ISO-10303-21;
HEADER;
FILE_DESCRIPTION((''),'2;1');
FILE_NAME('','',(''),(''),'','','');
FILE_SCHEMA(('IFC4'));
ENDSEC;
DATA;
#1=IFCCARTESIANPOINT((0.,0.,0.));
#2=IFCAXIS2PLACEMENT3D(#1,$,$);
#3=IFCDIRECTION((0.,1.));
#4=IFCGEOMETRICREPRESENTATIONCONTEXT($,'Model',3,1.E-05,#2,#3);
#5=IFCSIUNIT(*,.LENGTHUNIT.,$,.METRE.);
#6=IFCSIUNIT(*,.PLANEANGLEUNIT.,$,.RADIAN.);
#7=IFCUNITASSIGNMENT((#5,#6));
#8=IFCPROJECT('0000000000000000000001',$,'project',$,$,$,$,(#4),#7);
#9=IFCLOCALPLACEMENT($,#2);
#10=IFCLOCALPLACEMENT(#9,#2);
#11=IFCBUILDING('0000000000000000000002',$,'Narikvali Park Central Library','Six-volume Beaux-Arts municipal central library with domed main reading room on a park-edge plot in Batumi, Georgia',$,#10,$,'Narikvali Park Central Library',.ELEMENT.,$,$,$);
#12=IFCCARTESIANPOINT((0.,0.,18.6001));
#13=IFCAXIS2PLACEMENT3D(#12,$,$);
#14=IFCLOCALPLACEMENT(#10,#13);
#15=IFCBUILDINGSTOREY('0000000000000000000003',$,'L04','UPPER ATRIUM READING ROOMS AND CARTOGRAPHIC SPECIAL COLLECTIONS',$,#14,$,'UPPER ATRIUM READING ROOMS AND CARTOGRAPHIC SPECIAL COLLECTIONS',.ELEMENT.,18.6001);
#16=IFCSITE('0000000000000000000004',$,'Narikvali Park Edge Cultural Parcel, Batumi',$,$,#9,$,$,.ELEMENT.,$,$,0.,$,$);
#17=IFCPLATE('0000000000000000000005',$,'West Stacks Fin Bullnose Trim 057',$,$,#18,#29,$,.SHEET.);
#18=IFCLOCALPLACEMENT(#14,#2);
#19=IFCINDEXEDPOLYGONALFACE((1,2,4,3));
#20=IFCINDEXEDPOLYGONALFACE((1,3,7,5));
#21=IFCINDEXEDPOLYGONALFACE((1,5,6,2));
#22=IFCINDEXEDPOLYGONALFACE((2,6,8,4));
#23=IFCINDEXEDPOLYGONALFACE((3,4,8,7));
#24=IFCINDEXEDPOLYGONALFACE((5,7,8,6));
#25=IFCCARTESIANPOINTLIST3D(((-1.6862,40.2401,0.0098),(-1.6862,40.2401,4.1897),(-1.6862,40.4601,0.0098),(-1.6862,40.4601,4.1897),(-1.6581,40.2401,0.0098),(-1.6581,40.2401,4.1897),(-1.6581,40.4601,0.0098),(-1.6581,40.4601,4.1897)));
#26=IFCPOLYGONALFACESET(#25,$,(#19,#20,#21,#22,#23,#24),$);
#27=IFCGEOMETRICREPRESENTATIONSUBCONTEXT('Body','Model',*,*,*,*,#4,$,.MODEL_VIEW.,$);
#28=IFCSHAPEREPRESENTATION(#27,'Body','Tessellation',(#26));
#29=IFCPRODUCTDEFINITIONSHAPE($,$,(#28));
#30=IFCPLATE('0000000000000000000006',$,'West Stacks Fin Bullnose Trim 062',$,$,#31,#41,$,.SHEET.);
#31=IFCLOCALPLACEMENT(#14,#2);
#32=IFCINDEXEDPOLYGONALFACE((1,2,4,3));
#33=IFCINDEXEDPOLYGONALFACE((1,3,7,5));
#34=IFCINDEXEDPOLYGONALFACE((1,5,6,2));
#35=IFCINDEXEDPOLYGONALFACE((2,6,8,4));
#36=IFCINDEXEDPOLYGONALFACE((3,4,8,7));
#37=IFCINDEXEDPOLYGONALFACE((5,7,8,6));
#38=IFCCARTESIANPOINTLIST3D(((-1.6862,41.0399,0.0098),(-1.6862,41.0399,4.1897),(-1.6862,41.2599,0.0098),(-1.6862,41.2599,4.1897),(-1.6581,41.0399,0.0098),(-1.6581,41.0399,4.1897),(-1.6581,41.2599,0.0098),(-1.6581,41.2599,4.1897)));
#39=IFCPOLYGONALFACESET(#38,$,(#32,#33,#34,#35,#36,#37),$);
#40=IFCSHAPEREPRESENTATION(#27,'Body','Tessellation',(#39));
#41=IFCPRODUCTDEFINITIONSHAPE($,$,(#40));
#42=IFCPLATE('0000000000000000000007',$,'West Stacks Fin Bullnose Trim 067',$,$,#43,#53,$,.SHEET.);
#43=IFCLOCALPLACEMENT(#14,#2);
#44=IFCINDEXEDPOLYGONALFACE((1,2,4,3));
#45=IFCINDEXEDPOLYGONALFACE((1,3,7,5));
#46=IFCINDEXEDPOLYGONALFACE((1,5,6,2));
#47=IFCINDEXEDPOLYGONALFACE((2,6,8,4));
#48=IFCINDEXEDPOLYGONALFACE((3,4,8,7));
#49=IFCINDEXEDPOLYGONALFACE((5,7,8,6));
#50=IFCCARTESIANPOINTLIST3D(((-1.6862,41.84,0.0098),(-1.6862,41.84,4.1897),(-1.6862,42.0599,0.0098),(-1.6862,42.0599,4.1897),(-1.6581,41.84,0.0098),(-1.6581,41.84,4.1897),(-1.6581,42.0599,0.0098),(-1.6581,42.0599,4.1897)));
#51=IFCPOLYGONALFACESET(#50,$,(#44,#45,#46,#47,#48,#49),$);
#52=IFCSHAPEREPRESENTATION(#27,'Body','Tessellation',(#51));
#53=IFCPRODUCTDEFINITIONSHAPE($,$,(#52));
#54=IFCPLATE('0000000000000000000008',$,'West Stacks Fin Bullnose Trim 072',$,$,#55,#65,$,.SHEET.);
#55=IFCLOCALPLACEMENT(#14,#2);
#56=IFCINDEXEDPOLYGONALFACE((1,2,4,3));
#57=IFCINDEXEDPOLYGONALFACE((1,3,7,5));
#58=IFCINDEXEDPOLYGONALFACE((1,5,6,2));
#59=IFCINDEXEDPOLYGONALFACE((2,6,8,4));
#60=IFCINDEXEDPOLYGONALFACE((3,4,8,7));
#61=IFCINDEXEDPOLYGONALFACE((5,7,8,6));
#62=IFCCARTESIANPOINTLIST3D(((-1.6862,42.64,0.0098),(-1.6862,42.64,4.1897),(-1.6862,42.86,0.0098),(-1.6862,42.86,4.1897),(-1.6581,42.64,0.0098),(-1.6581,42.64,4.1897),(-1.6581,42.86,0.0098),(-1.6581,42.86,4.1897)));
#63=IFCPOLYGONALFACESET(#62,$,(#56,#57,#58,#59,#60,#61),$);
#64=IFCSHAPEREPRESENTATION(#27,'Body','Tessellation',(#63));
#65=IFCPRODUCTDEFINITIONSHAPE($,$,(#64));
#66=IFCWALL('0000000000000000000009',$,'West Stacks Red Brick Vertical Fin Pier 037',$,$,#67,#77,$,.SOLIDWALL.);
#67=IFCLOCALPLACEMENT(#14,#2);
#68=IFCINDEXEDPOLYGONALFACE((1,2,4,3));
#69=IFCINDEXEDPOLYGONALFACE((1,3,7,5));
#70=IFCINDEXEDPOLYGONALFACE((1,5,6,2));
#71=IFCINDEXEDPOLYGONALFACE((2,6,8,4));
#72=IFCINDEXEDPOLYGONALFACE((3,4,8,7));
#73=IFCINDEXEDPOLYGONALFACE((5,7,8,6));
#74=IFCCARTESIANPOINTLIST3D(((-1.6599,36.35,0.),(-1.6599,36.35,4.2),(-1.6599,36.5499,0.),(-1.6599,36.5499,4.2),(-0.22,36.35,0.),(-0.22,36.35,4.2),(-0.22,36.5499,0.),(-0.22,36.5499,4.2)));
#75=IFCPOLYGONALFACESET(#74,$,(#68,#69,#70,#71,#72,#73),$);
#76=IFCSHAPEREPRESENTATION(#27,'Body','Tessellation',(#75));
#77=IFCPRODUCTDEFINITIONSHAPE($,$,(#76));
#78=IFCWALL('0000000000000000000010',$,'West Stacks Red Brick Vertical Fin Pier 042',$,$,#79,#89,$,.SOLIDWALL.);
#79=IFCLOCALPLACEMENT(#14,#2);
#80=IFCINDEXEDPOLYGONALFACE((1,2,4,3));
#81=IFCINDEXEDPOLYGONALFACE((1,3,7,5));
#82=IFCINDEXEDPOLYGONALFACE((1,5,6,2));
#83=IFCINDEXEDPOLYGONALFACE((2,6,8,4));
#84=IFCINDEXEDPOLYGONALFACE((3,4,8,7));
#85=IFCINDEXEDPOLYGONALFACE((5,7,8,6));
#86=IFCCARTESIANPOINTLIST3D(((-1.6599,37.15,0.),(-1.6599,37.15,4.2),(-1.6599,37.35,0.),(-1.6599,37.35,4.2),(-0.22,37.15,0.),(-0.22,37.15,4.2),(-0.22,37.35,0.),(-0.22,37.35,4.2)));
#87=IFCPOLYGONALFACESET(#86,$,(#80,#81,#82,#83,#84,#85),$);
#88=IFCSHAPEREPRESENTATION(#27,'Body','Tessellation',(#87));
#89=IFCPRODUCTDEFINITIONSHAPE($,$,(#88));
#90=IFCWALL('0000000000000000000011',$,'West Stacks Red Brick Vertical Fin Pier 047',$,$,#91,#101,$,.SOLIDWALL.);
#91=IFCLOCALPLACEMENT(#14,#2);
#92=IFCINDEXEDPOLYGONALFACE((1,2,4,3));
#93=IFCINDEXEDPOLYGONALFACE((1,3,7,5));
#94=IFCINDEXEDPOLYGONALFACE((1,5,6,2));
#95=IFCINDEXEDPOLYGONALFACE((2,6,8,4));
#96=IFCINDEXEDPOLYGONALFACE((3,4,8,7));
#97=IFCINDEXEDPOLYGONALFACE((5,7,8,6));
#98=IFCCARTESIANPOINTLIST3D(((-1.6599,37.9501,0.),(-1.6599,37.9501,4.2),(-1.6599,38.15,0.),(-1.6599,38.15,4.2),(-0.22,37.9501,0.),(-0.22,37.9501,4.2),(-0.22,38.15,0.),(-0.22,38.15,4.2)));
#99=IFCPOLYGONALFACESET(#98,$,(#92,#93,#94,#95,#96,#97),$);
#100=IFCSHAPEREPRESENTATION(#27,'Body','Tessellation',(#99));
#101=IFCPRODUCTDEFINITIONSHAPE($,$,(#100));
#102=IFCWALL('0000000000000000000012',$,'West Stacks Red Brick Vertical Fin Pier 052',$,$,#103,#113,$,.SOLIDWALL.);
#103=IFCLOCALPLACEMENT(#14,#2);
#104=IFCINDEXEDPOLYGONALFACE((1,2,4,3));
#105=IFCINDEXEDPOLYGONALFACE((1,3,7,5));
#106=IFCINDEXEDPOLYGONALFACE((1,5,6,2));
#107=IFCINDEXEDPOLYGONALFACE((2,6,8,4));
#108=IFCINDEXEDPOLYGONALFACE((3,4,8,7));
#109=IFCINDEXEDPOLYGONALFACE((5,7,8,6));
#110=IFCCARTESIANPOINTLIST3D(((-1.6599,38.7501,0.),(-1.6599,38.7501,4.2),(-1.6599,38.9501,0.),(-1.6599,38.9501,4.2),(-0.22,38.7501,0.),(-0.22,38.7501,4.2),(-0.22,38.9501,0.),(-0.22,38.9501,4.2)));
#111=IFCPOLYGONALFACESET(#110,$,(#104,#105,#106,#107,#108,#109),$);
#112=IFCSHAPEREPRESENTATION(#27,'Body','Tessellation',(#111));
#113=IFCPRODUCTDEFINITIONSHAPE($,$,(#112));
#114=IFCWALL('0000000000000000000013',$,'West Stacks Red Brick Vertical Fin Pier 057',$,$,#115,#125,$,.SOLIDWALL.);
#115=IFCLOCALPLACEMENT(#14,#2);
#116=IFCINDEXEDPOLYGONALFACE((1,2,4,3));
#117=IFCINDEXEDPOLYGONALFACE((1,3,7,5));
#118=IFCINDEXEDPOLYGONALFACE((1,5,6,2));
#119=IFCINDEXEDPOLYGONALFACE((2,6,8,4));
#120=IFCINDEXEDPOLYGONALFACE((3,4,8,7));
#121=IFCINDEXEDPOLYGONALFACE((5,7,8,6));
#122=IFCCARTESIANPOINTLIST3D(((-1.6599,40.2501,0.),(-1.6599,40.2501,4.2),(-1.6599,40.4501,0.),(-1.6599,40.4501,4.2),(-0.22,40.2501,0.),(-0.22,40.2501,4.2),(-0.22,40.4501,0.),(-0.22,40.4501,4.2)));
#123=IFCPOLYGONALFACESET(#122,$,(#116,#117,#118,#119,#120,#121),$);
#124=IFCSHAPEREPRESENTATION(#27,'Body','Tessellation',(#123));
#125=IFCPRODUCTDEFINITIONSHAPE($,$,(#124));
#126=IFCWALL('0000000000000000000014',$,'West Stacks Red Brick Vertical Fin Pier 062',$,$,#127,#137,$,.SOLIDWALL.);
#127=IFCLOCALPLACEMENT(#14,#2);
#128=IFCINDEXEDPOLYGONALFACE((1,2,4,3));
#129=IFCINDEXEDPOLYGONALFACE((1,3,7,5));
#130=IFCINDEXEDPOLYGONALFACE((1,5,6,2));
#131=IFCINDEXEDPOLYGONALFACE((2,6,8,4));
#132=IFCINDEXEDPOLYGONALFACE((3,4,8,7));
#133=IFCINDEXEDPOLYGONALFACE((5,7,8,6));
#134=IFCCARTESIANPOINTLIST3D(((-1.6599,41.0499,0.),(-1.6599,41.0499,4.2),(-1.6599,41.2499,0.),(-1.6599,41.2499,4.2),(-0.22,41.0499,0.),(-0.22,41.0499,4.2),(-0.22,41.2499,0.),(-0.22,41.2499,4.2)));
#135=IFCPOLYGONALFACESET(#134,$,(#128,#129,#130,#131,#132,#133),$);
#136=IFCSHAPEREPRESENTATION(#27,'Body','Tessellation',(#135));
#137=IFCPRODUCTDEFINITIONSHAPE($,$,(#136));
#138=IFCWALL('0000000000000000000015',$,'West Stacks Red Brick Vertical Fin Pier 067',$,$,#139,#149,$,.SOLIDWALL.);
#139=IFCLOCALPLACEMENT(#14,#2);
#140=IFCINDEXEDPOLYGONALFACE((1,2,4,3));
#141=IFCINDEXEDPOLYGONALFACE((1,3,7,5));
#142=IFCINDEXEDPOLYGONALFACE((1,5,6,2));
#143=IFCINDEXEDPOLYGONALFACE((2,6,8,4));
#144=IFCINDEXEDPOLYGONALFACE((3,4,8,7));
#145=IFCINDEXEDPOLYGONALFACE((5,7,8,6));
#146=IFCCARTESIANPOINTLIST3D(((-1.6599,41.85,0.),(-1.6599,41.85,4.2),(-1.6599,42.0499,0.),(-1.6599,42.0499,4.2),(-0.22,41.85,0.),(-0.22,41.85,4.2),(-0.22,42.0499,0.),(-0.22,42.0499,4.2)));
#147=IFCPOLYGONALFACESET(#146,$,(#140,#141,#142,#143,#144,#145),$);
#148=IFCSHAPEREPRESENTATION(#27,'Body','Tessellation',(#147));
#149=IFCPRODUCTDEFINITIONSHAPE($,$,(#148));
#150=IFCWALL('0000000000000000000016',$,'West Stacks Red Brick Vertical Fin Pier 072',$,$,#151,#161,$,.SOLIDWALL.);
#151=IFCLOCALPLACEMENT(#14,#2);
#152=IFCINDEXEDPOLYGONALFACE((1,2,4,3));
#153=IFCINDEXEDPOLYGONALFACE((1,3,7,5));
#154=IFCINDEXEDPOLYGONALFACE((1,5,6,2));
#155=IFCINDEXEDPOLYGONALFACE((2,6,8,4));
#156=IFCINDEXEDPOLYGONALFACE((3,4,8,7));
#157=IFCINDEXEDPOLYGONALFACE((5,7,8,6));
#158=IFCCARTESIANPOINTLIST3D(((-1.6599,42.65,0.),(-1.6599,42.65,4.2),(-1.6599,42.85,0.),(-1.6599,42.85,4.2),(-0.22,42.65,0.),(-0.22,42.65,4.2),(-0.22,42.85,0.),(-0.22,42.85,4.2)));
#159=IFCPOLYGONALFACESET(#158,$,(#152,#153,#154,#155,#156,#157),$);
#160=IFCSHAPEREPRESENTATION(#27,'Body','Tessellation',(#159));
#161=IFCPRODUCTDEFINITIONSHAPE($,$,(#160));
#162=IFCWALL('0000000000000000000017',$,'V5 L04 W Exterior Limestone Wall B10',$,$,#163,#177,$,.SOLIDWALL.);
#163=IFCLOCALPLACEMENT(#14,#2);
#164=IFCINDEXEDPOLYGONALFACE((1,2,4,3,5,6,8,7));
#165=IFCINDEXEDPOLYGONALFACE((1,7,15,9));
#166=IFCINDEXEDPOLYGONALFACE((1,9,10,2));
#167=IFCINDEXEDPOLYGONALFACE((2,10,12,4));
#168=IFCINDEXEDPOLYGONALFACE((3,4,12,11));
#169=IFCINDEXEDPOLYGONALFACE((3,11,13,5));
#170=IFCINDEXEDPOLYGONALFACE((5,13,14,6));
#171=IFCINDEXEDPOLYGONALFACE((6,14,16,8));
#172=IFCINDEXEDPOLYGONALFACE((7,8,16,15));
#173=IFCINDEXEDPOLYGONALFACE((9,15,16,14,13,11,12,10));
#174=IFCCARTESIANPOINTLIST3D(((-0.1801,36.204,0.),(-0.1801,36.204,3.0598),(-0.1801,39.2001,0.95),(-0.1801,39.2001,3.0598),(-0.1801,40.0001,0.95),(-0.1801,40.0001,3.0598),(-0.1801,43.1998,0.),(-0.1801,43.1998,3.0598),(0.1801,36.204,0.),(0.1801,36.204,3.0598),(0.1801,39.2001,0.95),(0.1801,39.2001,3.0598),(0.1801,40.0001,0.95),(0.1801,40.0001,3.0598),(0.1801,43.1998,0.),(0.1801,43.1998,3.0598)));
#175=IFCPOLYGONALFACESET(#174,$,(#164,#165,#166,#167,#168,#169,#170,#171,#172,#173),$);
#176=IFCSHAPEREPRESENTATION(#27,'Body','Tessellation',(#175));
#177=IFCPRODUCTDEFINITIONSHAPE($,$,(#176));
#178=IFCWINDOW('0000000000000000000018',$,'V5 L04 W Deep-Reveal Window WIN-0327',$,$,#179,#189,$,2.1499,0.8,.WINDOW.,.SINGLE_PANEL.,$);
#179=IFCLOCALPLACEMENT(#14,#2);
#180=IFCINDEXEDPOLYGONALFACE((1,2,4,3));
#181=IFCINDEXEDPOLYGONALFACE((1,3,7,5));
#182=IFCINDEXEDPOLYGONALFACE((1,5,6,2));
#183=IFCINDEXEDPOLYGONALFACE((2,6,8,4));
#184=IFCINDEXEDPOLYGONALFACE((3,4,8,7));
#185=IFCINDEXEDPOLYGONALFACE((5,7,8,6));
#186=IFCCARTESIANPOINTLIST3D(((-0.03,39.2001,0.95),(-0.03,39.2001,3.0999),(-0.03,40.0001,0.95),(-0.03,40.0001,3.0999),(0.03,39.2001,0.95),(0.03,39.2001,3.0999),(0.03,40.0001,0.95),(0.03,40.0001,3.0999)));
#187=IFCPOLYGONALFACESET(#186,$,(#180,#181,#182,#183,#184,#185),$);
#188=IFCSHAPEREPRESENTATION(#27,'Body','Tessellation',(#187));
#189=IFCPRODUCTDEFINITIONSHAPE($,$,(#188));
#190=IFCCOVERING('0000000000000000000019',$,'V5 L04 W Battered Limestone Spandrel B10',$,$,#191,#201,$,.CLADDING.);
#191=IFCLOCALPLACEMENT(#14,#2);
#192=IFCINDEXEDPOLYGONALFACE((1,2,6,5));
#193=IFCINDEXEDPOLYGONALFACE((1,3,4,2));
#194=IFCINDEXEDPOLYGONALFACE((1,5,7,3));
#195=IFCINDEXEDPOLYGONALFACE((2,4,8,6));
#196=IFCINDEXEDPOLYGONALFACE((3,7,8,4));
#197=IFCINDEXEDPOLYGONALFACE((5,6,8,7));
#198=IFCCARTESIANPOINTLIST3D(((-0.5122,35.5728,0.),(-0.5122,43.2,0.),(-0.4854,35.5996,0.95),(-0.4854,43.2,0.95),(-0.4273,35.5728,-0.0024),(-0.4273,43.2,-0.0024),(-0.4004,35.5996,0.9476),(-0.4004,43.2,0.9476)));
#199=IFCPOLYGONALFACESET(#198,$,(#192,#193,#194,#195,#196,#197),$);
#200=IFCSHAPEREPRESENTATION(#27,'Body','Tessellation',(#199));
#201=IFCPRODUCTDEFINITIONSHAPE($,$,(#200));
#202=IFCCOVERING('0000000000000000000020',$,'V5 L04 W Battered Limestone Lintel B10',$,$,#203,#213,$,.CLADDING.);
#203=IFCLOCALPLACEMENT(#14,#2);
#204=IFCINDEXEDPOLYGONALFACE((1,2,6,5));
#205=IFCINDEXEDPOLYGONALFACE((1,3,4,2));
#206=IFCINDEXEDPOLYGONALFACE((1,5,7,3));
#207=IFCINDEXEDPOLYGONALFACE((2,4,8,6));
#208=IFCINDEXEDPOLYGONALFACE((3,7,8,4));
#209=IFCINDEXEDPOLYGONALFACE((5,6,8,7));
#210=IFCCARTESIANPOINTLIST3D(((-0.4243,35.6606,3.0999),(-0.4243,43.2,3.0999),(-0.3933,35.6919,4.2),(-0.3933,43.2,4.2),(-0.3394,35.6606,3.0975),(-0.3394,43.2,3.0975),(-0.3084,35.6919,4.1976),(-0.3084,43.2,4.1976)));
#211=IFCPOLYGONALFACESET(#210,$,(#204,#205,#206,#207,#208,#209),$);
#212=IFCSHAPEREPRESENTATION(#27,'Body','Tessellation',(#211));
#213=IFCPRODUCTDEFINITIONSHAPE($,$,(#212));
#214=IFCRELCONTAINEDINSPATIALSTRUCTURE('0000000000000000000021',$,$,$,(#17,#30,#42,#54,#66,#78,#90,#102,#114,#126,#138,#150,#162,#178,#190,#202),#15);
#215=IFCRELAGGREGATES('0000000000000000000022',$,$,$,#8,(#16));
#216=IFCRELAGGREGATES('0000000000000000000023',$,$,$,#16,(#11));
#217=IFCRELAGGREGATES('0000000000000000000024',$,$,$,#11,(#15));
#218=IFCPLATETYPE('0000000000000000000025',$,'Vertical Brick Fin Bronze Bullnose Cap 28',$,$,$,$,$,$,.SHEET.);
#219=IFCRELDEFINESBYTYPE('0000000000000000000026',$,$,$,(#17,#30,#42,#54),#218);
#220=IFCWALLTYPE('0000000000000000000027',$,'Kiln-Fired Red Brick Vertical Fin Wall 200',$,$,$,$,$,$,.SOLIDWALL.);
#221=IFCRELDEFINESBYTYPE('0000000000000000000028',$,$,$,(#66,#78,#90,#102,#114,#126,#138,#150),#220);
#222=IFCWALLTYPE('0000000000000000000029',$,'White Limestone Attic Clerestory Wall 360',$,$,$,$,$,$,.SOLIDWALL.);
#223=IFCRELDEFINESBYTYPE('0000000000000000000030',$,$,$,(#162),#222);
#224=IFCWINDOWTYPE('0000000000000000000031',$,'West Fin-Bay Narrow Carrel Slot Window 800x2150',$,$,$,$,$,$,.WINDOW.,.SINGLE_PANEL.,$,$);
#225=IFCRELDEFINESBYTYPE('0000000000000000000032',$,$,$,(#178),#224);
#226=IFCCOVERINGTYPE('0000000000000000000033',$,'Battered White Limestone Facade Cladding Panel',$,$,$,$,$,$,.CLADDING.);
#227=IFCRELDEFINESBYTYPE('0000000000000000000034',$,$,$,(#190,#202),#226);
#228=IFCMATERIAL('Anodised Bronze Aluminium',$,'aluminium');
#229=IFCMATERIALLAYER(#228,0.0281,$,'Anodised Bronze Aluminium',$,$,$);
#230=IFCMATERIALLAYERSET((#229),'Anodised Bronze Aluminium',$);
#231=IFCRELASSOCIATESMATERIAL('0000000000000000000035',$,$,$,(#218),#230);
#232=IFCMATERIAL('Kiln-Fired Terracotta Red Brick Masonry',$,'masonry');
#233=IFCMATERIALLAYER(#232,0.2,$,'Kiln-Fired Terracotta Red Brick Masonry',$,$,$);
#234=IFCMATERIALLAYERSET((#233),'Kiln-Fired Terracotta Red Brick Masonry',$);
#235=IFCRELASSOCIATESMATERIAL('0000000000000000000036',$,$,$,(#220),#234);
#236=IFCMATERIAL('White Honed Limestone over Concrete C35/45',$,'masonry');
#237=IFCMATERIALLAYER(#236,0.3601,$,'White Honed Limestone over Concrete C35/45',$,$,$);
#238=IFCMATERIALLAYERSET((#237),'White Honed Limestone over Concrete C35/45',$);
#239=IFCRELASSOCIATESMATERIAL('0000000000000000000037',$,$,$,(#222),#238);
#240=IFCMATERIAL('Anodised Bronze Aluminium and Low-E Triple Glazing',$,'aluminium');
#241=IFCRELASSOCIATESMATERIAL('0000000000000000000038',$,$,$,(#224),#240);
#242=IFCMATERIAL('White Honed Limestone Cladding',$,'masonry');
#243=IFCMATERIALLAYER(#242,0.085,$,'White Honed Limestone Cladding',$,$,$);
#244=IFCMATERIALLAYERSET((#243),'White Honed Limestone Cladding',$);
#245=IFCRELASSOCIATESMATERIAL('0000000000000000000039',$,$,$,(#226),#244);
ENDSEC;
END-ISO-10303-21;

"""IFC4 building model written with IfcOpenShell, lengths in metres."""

from ifc_helpers import new_model, si_unit, direction, frame, frame_2d, origin, origin_2d, place, context, subcontext, project, spatial, polyline, rectangle, outline, extrude, material, layer, layer_set, type_object, element, fill, save


model = new_model("IFC4")

# Units and contexts
model_context = context("Model", 3, precision=1e-05, world=origin(), true_north=direction((0.0, 1.0)))
body_context = subcontext(model_context, "Body", "Model", "MODEL_VIEW")
ifc_project = project(units=[si_unit("LENGTHUNIT", "METRE"), si_unit("PLANEANGLEUNIT", "RADIAN")], contexts=[model_context])

# Site, building, storey
site_placement = place(None, origin())
site = spatial("IfcSite", under=ifc_project, at=site_placement, Name="Narikvali Park Edge Cultural Parcel, Batumi", CompositionType="ELEMENT", RefElevation=0.0)
building_placement = place(site_placement, origin())
building = spatial("IfcBuilding", under=site, at=building_placement, Name="Narikvali Park Central Library", Description="Six-volume Beaux-Arts municipal central library with domed main reading room on a park-edge plot in Batumi, Georgia", LongName="Narikvali Park Central Library", CompositionType="ELEMENT")
storey_placement = place(building_placement, frame((0.0, 0.0, 18.6001)))
storey = spatial("IfcBuildingStorey", under=building, at=storey_placement, Name="L04", Description="UPPER ATRIUM READING ROOMS AND CARTOGRAPHIC SPECIAL COLLECTIONS", LongName="UPPER ATRIUM READING ROOMS AND CARTOGRAPHIC SPECIAL COLLECTIONS", CompositionType="ELEMENT", Elevation=18.6001)

# Plates
ifc_material_1 = material(Name="Anodised Bronze Aluminium", Category="aluminium")
ifc_layer_1 = layer(ifc_material_1, 0.0281, Name="Anodised Bronze Aluminium")
ifc_layer_set_1 = layer_set([ifc_layer_1], Name="Anodised Bronze Aluminium")
plate_type = type_object("IfcPlateType", Name="Vertical Brick Fin Bronze Bullnose Cap 28", PredefinedType="SHEET", material=ifc_layer_set_1)
for number, where, z_axis, x_axis, name in (
    (1, (-1.6721, 40.3501, 0.0098), (0.0, 0.0, 1.0), (1.0, 0.0, 0.0), "West Stacks Fin Bullnose Trim 057"),
    (2, (-1.6721, 41.1499, 0.0098), (0.0, 0.0, 1.0), (1.0, 0.0, 0.0), "West Stacks Fin Bullnose Trim 062"),
    (3, (-1.6721, 41.95, 0.0098), (0.0, 0.0, 1.0), (1.0, 0.0, 0.0), "West Stacks Fin Bullnose Trim 067"),
    (4, (-1.6721, 42.75, 0.0098), (0.0, 0.0, 1.0), (1.0, 0.0, 0.0), "West Stacks Fin Bullnose Trim 072"),
):
    element("IfcPlate", number, at=place(storey_placement, frame(where, z_axis=z_axis, x_axis=x_axis)), inside=storey, type_object=plate_type, Name=name, PredefinedType="SHEET", context=body_context, shape_type="SweptSolid", body=[
        extrude(rectangle(XDim=0.0281, YDim=0.22, at=origin_2d()), origin(), (0.0, 0.0, 1.0), 4.1799),
    ])

# Walls
ifc_material_2 = material(Name="Kiln-Fired Terracotta Red Brick Masonry", Category="masonry")
ifc_layer_2 = layer(ifc_material_2, 0.2, Name="Kiln-Fired Terracotta Red Brick Masonry")
ifc_layer_set_2 = layer_set([ifc_layer_2], Name="Kiln-Fired Terracotta Red Brick Masonry")
wall_type_1 = type_object("IfcWallType", Name="Kiln-Fired Red Brick Vertical Fin Wall 200", PredefinedType="SOLIDWALL", material=ifc_layer_set_2)
for number, where, z_axis, x_axis, name in (
    (5, (-1.6599, 36.45, 0.0), (0.0, 0.0, 1.0), (1.0, 0.0, 0.0), "West Stacks Red Brick Vertical Fin Pier 037"),
    (6, (-1.6599, 37.25, 0.0), (0.0, 0.0, 1.0), (1.0, 0.0, 0.0), "West Stacks Red Brick Vertical Fin Pier 042"),
    (7, (-1.6599, 38.05, 0.0), (0.0, 0.0, 1.0), (1.0, 0.0, 0.0), "West Stacks Red Brick Vertical Fin Pier 047"),
    (8, (-1.6599, 38.8501, 0.0), (0.0, 0.0, 1.0), (1.0, 0.0, 0.0), "West Stacks Red Brick Vertical Fin Pier 052"),
    (9, (-1.6599, 40.3501, 0.0), (0.0, 0.0, 1.0), (1.0, 0.0, 0.0), "West Stacks Red Brick Vertical Fin Pier 057"),
    (10, (-1.6599, 41.1499, 0.0), (0.0, 0.0, 1.0), (1.0, 0.0, 0.0), "West Stacks Red Brick Vertical Fin Pier 062"),
    (11, (-1.6599, 41.95, 0.0), (0.0, 0.0, 1.0), (1.0, 0.0, 0.0), "West Stacks Red Brick Vertical Fin Pier 067"),
    (12, (-1.6599, 42.75, 0.0), (0.0, 0.0, 1.0), (1.0, 0.0, 0.0), "West Stacks Red Brick Vertical Fin Pier 072"),
):
    element("IfcWall", number, at=place(storey_placement, frame(where, z_axis=z_axis, x_axis=x_axis)), inside=storey, type_object=wall_type_1, Name=name, PredefinedType="SOLIDWALL", context=body_context, shape_type="SweptSolid", body=[
        extrude(rectangle(XDim=1.4399, YDim=0.2, at=frame_2d((0.72, 0.0))), origin(), (0.0, 0.0, 1.0), 4.2),
    ])

# Wall, opening, window
ifc_material_3 = material(Name="White Honed Limestone over Concrete C35/45", Category="masonry")
ifc_layer_3 = layer(ifc_material_3, 0.3601, Name="White Honed Limestone over Concrete C35/45")
ifc_layer_set_3 = layer_set([ifc_layer_3], Name="White Honed Limestone over Concrete C35/45")
wall_type_2 = type_object("IfcWallType", Name="White Limestone Attic Clerestory Wall 360", PredefinedType="SOLIDWALL", material=ifc_layer_set_3)
wall_placement = place(storey_placement, frame((0.0, 43.2, 0.0), z_axis=(0.0, 0.0, 1.0), x_axis=(0.0, -1.0, 0.0)))
wall = element("IfcWall", 13, at=wall_placement, inside=storey, type_object=wall_type_2, Name="V5 L04 W Exterior Limestone Wall B10", PredefinedType="SOLIDWALL", context=body_context, shape_type="SweptSolid", body=[
    extrude(rectangle(XDim=6.9958, YDim=0.3601, at=frame_2d((3.498, 0.0))), origin(), (0.0, 0.0, 1.0), 3.0598),
])
opening_placement = place(wall_placement, frame((3.2, 0.0, 0.95)))
opening = element("IfcOpeningElement", 14, at=opening_placement, cuts=wall, PredefinedType="OPENING", context=body_context, shape_type="SweptSolid", body=[
    extrude(rectangle(XDim=0.8, YDim=2.1499, at=frame_2d((0.3999, 1.075))), frame((0.0, 0.1919, 0.0), z_axis=(0.0, -1.0, 0.0), x_axis=(1.0, 0.0, 0.0)), (0.0, 0.0, 1.0), 0.384),
])
ifc_material_4 = material(Name="Anodised Bronze Aluminium and Low-E Triple Glazing", Category="aluminium")
window_type = type_object("IfcWindowType", Name="West Fin-Bay Narrow Carrel Slot Window 800x2150", PartitioningType="SINGLE_PANEL", PredefinedType="WINDOW", material=ifc_material_4)
window_placement = place(opening_placement, origin())
window = element("IfcWindow", 15, at=window_placement, inside=storey, type_object=window_type, Name="V5 L04 W Deep-Reveal Window WIN-0327", OverallHeight=2.1499, OverallWidth=0.8, PartitioningType="SINGLE_PANEL", PredefinedType="WINDOW", context=body_context, shape_type="SweptSolid", body=[
    extrude(rectangle(XDim=0.8, YDim=2.1499, at=frame_2d((0.3999, 1.075))), frame((0.0, 0.03, 0.0), z_axis=(0.0, -1.0, 0.0), x_axis=(1.0, 0.0, 0.0)), (0.0, 0.0, 1.0), 0.0601),
])
fill(opening, window)

# Coverings
ifc_material_5 = material(Name="White Honed Limestone Cladding", Category="masonry")
ifc_layer_4 = layer(ifc_material_5, 0.085, Name="White Honed Limestone Cladding")
ifc_layer_set_4 = layer_set([ifc_layer_4], Name="White Honed Limestone Cladding")
covering_type = type_object("IfcCoveringType", Name="Battered White Limestone Facade Cladding Panel", PredefinedType="CLADDING", material=ifc_layer_set_4)
covering_1_placement = place(storey_placement, frame((-0.5122, 43.2, 0.0), z_axis=(-0.999601, 0.0, 0.028259), x_axis=(0.0, -1.0, 0.0)))
element("IfcCovering", 16, at=covering_1_placement, inside=storey, type_object=covering_type, Name="V5 L04 W Battered Limestone Spandrel B10", PredefinedType="CLADDING", context=body_context, shape_type="SweptSolid", body=[
    extrude(outline(polyline([(0.0, 0.0), (7.6272, 0.0), (7.6003, 0.9503), (0.0, 0.9503), (0.0, 0.0)])), origin(), (0.0, 0.0, -1.0), 0.085),
])
covering_2_placement = place(storey_placement, frame((-0.4243, 43.2, 3.0999), z_axis=(-0.999603, 0.0, 0.028173), x_axis=(0.0, -1.0, 0.0)))
element("IfcCovering", 17, at=covering_2_placement, inside=storey, type_object=covering_type, Name="V5 L04 W Battered Limestone Lintel B10", PredefinedType="CLADDING", context=body_context, shape_type="SweptSolid", body=[
    extrude(outline(polyline([(0.0, 0.0), (7.5393, 0.0), (7.5081, 1.1005), (0.0, 1.1005), (0.0, 0.0)])), origin(), (0.0, 0.0, -1.0), 0.085),
])

save(model, "model.ifc")
